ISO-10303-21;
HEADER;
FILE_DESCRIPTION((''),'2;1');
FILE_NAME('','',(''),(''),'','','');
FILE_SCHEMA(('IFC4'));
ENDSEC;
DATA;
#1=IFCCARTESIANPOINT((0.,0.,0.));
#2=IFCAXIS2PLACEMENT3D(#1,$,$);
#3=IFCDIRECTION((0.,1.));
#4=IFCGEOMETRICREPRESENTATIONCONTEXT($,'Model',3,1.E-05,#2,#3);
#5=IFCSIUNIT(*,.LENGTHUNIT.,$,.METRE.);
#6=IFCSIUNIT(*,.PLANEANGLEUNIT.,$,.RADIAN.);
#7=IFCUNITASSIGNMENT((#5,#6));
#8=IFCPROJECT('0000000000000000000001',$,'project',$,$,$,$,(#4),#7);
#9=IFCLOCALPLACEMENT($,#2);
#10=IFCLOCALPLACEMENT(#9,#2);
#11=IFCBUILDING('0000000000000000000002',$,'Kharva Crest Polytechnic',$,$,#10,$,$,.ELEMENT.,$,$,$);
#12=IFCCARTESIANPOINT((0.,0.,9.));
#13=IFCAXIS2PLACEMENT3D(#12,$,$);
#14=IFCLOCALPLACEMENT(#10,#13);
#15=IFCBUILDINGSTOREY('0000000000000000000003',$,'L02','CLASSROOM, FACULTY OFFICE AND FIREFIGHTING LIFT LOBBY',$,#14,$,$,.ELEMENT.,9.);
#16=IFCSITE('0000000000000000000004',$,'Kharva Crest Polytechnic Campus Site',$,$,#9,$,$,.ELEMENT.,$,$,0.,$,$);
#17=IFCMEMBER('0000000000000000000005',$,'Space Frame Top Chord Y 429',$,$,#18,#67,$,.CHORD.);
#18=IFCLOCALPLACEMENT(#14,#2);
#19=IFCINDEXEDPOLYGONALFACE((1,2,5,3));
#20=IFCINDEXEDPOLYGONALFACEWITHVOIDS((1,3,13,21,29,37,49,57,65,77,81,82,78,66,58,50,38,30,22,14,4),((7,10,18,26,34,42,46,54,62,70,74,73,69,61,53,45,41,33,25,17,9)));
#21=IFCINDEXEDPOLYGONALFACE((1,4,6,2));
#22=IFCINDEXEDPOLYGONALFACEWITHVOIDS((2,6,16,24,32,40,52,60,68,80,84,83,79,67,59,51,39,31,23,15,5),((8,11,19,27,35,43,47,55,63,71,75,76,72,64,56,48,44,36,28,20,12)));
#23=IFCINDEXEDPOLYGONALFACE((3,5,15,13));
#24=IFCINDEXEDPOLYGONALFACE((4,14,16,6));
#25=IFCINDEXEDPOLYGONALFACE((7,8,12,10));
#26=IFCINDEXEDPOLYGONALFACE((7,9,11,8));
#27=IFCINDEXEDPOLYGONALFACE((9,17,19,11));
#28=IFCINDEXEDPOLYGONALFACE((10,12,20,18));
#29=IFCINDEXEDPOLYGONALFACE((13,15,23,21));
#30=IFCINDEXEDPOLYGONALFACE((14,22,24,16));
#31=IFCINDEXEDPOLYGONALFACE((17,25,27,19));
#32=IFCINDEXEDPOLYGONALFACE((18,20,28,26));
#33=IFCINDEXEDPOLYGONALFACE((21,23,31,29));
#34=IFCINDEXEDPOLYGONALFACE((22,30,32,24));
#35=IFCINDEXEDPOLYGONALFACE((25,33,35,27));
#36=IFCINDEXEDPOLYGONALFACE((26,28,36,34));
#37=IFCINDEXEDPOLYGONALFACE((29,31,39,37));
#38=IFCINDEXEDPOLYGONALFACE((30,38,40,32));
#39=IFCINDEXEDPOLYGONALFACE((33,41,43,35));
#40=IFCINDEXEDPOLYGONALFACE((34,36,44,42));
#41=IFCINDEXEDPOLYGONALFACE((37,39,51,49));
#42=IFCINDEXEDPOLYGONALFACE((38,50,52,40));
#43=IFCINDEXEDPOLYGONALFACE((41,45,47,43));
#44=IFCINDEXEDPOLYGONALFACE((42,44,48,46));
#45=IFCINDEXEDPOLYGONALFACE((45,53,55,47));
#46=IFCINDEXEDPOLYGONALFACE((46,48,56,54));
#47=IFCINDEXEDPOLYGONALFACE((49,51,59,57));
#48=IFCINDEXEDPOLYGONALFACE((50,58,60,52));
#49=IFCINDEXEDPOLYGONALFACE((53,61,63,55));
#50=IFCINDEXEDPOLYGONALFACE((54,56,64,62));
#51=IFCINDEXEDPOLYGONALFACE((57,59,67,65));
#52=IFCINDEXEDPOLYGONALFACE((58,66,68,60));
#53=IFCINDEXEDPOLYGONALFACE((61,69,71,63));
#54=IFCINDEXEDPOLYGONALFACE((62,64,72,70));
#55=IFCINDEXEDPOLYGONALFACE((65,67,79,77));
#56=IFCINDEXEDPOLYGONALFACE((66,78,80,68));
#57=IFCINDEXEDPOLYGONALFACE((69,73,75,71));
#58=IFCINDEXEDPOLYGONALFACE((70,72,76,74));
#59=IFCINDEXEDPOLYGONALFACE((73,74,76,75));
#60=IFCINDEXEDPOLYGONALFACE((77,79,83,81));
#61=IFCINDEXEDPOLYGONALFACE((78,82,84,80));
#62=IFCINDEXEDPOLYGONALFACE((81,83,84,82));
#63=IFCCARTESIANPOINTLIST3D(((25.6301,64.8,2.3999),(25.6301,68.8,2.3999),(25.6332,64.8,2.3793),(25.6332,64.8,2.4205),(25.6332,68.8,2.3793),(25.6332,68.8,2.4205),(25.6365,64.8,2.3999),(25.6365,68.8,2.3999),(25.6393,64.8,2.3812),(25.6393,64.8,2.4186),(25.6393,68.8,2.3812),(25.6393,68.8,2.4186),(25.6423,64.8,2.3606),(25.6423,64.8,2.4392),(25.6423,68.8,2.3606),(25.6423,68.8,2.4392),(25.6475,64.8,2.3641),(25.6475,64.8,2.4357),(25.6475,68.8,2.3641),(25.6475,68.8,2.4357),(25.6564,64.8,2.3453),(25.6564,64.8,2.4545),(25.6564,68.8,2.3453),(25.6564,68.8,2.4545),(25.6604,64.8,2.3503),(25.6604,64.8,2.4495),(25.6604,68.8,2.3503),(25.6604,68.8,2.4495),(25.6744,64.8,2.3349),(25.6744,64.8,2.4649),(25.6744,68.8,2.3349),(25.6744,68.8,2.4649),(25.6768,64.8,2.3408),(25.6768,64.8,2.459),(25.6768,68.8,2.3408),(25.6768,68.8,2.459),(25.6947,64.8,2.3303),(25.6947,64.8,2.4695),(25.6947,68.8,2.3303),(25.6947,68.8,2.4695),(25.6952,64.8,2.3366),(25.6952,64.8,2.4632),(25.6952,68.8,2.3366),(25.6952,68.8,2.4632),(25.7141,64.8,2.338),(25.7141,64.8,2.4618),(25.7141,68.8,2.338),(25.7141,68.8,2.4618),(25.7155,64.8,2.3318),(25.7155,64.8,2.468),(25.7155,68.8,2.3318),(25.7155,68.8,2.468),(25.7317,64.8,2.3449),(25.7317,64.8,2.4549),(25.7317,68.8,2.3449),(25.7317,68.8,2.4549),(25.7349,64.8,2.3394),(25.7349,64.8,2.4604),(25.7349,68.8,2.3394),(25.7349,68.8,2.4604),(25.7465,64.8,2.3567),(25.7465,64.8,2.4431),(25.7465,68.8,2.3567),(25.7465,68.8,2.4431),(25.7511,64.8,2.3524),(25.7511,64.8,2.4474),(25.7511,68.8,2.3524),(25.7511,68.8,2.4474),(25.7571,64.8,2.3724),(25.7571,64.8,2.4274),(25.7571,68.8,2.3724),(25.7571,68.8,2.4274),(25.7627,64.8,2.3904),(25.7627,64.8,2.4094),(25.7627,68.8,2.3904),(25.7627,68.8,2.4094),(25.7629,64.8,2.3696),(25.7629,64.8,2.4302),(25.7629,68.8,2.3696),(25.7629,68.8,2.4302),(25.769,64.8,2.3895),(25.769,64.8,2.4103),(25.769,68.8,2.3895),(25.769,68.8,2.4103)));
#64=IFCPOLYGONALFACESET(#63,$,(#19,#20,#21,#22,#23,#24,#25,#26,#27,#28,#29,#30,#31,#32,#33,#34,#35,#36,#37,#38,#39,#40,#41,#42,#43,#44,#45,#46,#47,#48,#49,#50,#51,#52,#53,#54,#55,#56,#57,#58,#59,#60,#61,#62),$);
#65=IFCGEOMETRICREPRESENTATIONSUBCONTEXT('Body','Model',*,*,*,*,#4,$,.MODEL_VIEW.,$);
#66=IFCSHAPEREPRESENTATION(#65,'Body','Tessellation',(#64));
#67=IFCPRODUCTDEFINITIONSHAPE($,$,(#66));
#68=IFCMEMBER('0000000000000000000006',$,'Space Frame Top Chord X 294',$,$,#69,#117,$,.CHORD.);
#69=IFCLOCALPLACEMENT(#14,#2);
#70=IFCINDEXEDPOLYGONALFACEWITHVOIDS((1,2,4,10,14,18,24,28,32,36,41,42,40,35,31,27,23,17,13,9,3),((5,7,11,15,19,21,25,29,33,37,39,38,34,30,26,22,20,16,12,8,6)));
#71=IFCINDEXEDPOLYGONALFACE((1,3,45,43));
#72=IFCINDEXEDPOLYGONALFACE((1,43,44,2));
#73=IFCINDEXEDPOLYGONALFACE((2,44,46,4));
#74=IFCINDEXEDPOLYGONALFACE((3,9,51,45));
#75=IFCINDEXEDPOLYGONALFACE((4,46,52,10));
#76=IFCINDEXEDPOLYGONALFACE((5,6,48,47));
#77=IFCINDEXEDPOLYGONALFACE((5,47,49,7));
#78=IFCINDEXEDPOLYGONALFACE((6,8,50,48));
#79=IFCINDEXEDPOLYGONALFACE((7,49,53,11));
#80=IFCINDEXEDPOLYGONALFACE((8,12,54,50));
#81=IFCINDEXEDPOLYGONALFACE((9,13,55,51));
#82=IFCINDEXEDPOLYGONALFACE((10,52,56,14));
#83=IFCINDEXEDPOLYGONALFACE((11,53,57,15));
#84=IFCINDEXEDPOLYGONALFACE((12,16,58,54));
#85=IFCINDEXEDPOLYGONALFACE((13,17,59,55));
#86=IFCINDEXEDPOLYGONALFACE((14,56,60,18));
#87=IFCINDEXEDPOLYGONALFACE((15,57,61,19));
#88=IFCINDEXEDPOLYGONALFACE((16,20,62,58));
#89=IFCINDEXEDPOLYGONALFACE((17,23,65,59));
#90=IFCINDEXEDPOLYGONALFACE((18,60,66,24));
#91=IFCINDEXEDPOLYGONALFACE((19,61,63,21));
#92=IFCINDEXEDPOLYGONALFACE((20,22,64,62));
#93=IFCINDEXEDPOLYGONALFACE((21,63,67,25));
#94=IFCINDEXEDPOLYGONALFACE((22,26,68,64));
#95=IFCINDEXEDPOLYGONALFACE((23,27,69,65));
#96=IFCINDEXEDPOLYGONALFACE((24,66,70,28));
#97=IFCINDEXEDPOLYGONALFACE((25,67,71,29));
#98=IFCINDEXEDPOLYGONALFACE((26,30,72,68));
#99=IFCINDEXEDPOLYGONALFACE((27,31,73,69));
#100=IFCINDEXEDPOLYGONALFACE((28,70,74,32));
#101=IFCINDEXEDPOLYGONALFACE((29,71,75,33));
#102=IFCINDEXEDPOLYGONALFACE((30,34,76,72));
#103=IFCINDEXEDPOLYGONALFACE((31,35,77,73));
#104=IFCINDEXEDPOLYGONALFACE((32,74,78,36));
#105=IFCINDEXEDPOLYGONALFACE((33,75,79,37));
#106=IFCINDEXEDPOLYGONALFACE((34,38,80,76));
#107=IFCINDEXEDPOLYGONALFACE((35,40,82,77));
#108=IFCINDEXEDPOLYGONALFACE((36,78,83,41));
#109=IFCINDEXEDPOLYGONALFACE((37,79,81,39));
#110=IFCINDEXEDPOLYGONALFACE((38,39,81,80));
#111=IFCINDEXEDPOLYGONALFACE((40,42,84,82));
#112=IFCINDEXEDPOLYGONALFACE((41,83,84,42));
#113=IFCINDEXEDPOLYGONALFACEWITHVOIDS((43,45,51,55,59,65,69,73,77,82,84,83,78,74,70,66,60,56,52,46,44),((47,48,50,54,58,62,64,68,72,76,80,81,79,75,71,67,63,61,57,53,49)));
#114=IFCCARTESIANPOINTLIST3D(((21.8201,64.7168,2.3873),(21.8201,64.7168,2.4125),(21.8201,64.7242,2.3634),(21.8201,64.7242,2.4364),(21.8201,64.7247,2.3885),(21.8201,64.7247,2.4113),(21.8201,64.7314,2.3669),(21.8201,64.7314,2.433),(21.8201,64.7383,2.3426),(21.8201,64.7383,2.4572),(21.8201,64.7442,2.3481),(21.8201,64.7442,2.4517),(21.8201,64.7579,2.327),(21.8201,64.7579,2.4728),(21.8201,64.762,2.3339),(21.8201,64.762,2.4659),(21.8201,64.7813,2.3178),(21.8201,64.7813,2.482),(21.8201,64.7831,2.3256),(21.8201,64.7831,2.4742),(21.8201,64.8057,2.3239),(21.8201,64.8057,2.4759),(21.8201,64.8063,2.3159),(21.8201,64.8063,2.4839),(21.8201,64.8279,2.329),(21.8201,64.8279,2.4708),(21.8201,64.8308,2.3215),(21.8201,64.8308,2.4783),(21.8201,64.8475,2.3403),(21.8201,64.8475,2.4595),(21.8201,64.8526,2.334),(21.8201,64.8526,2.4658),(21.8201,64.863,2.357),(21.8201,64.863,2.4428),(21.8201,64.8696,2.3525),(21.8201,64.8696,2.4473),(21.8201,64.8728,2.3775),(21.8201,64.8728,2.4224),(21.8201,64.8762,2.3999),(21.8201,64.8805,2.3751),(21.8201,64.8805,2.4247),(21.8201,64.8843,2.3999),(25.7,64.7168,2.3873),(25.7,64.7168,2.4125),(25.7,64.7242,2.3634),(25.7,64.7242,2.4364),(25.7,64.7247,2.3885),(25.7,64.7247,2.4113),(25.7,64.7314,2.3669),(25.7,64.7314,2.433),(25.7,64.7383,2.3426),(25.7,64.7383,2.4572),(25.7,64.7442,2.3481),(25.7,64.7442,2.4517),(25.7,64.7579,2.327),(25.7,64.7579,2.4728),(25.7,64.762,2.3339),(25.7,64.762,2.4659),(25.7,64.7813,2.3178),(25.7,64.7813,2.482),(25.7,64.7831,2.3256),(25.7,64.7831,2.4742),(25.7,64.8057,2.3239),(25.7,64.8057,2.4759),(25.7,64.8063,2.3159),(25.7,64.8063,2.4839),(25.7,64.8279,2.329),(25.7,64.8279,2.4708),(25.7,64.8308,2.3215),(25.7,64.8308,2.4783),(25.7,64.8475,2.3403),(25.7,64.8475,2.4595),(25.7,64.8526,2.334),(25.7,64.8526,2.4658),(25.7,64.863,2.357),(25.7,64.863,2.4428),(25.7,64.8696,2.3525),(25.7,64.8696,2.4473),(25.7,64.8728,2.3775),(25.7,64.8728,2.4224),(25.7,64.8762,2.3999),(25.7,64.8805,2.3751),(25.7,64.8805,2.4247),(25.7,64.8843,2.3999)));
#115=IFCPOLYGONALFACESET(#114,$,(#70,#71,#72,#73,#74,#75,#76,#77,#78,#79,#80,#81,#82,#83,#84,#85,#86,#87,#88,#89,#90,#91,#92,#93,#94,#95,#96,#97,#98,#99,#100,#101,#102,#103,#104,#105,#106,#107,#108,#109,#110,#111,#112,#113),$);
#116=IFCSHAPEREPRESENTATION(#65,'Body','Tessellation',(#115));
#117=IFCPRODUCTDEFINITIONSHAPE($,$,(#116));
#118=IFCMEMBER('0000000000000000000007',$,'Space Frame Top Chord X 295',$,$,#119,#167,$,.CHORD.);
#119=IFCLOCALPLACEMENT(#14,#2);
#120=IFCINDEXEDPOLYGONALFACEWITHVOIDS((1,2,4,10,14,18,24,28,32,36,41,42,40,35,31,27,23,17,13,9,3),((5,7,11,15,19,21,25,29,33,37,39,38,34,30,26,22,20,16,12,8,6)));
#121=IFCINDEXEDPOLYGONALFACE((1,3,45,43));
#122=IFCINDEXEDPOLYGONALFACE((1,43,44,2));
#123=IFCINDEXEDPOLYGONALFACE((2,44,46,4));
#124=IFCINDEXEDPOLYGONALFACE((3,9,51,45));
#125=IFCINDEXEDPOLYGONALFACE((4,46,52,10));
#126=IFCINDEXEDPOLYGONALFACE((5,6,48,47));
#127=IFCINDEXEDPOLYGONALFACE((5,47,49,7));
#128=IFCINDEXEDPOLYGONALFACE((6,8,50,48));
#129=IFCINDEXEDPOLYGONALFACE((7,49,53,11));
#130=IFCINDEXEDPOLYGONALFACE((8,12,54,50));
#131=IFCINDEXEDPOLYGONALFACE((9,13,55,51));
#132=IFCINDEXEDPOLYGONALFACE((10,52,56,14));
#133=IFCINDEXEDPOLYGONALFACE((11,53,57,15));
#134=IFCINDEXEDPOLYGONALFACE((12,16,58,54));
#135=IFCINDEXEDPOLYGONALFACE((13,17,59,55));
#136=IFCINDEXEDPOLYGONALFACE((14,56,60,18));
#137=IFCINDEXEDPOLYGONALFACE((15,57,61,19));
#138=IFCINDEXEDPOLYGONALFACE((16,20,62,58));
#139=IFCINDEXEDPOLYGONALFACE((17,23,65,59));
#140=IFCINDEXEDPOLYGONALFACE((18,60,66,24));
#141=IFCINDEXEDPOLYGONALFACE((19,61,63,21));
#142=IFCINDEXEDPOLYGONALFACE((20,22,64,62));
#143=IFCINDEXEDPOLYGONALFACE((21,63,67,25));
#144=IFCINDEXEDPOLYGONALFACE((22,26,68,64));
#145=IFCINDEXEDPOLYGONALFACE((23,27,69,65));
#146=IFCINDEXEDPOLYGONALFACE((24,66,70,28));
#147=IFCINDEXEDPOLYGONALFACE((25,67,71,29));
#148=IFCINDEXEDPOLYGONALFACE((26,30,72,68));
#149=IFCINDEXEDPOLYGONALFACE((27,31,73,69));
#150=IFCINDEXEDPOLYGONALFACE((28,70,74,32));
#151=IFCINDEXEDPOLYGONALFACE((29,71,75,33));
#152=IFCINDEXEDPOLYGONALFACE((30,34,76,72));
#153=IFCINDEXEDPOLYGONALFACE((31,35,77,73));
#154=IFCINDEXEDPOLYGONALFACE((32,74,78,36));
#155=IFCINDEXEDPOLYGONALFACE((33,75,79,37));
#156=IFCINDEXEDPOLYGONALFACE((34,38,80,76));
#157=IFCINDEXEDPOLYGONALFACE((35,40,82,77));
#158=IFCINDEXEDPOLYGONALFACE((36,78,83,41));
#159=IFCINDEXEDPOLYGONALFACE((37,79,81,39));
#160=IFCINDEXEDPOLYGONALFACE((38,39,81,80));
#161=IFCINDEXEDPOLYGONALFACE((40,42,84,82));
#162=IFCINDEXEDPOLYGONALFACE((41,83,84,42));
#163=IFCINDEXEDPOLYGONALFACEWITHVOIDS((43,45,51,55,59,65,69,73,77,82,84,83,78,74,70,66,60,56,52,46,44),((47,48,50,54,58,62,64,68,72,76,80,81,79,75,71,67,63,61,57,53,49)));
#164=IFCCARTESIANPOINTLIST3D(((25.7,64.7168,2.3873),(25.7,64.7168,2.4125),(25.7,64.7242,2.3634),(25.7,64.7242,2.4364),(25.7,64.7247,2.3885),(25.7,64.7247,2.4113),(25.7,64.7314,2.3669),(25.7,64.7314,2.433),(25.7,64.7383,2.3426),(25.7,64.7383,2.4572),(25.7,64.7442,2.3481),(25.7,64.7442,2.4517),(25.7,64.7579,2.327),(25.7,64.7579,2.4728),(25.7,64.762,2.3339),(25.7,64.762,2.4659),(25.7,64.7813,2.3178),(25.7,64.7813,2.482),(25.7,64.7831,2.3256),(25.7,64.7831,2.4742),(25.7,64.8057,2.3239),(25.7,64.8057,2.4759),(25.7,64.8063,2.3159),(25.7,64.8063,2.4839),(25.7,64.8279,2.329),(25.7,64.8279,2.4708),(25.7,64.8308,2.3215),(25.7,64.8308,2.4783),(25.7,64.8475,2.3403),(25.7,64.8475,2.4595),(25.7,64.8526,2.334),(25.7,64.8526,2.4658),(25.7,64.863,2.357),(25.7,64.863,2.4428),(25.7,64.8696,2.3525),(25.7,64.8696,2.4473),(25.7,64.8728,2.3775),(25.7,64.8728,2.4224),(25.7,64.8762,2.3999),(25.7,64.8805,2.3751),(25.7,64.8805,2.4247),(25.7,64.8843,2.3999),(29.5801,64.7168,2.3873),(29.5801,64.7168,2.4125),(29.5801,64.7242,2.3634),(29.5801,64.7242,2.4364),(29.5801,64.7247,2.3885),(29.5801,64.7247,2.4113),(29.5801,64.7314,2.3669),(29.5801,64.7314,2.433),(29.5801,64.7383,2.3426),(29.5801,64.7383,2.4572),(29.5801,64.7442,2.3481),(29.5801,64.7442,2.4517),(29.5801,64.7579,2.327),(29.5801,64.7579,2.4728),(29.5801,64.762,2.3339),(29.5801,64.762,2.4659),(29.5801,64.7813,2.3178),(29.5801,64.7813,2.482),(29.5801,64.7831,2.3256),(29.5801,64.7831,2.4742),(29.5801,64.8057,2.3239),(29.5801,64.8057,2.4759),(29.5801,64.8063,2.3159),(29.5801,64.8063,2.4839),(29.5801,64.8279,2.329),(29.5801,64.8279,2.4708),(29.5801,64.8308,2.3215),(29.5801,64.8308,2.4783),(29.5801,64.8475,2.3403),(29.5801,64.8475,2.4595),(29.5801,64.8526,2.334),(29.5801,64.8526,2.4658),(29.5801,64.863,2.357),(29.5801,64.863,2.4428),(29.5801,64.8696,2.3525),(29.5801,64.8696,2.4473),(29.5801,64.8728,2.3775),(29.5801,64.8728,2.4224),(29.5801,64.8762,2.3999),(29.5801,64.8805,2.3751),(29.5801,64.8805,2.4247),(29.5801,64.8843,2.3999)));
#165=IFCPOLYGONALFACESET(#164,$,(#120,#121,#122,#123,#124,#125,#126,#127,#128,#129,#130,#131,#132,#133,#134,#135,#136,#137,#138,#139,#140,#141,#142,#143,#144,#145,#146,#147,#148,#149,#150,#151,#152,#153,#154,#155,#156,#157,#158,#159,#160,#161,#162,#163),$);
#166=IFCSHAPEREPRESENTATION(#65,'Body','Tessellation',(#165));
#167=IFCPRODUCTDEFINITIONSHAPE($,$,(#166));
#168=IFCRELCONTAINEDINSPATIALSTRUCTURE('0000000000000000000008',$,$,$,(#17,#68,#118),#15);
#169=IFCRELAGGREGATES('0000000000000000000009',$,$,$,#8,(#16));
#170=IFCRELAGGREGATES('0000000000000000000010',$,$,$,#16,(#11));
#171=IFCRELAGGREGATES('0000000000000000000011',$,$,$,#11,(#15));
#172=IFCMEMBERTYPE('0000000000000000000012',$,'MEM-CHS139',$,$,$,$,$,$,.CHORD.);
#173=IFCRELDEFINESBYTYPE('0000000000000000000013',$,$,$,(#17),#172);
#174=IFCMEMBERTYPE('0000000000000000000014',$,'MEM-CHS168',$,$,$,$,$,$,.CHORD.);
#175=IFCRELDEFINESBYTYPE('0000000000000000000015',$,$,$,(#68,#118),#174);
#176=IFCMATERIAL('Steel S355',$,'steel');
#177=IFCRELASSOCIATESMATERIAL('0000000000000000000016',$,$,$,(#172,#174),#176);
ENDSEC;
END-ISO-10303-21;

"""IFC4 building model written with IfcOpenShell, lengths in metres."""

from ifc_helpers import new_model, si_unit, direction, frame, origin, origin_2d, place, context, subcontext, project, spatial, hollow_circle, extrude, material, material_profile, profile_set, type_object, element, save


model = new_model("IFC4")

# Units and contexts
model_context = context("Model", 3, precision=1e-05, world=origin(), true_north=direction((0.0, 1.0)))
body_context = subcontext(model_context, "Body", "Model", "MODEL_VIEW")
ifc_project = project(units=[si_unit("LENGTHUNIT", "METRE"), si_unit("PLANEANGLEUNIT", "RADIAN")], contexts=[model_context])

# Site, building, storey
site_placement = place(None, origin())
site = spatial("IfcSite", under=ifc_project, at=site_placement, Name="Kharva Crest Polytechnic Campus Site", CompositionType="ELEMENT", RefElevation=0.0)
building_placement = place(site_placement, origin())
building = spatial("IfcBuilding", under=site, at=building_placement, Name="Kharva Crest Polytechnic", CompositionType="ELEMENT")
storey_placement = place(building_placement, frame((0.0, 0.0, 9.0)))
storey = spatial("IfcBuildingStorey", under=building, at=storey_placement, Name="L02", Description="CLASSROOM, FACULTY OFFICE AND FIREFIGHTING LIFT LOBBY", CompositionType="ELEMENT", Elevation=9.0)

# Shared definitions
ifc_material_1 = material(Name="Steel S355", Category="steel")

# Members
ifc_material_profile_1 = material_profile(ifc_material_1, hollow_circle(Radius=0.0698, WallThickness=0.0063, at=origin_2d()), Name="CHS 139.7X6.3")
ifc_profile_set_1 = profile_set([ifc_material_profile_1], Name="Steel S355")
member_type_1 = type_object("IfcMemberType", Name="MEM-CHS139", PredefinedType="CHORD", material=ifc_profile_set_1)
for number, where, z_axis, x_axis, name in (
    (1, (25.7, 64.8, 2.3999), (0.0, 1.0, 0.0), (-1.0, 0.0, 0.0), "Space Frame Top Chord Y 429"),
):
    element("IfcMember", number, at=place(storey_placement, frame(where, z_axis=z_axis, x_axis=x_axis)), inside=storey, type_object=member_type_1, Name=name, PredefinedType="CHORD", context=body_context, shape_type="SweptSolid", body=[
        extrude(hollow_circle(Radius=0.0698, WallThickness=0.0063, at=origin_2d()), origin(), (0.0, 0.0, 1.0), 4.0),
    ])
ifc_material_profile_2 = material_profile(ifc_material_1, hollow_circle(Radius=0.0842, WallThickness=0.0081, at=origin_2d()), Name="CHS 168.3X8.0")
ifc_profile_set_2 = profile_set([ifc_material_profile_2], Name="Steel S355")
member_type_2 = type_object("IfcMemberType", Name="MEM-CHS168", PredefinedType="CHORD", material=ifc_profile_set_2)
member_1_placement = place(storey_placement, frame((21.8201, 64.8, 2.3999), z_axis=(1.0, 0.0, 0.0), x_axis=(0.0, 1.0, 0.0)))
element("IfcMember", 2, at=member_1_placement, inside=storey, type_object=member_type_2, Name="Space Frame Top Chord X 294", PredefinedType="CHORD", context=body_context, shape_type="SweptSolid", body=[
    extrude(hollow_circle(Radius=0.0842, WallThickness=0.0081, at=origin_2d()), origin(), (0.0, 0.0, 1.0), 3.8799),
])
member_2_placement = place(storey_placement, frame((25.7, 64.8, 2.3999), z_axis=(1.0, 0.0, 0.0), x_axis=(0.0, 1.0, 0.0)))
element("IfcMember", 3, at=member_2_placement, inside=storey, type_object=member_type_2, Name="Space Frame Top Chord X 295", PredefinedType="CHORD", context=body_context, shape_type="SweptSolid", body=[
    extrude(hollow_circle(Radius=0.0842, WallThickness=0.0081, at=origin_2d()), origin(), (0.0, 0.0, 1.0), 3.8801),
])

save(model, "model.ifc")
